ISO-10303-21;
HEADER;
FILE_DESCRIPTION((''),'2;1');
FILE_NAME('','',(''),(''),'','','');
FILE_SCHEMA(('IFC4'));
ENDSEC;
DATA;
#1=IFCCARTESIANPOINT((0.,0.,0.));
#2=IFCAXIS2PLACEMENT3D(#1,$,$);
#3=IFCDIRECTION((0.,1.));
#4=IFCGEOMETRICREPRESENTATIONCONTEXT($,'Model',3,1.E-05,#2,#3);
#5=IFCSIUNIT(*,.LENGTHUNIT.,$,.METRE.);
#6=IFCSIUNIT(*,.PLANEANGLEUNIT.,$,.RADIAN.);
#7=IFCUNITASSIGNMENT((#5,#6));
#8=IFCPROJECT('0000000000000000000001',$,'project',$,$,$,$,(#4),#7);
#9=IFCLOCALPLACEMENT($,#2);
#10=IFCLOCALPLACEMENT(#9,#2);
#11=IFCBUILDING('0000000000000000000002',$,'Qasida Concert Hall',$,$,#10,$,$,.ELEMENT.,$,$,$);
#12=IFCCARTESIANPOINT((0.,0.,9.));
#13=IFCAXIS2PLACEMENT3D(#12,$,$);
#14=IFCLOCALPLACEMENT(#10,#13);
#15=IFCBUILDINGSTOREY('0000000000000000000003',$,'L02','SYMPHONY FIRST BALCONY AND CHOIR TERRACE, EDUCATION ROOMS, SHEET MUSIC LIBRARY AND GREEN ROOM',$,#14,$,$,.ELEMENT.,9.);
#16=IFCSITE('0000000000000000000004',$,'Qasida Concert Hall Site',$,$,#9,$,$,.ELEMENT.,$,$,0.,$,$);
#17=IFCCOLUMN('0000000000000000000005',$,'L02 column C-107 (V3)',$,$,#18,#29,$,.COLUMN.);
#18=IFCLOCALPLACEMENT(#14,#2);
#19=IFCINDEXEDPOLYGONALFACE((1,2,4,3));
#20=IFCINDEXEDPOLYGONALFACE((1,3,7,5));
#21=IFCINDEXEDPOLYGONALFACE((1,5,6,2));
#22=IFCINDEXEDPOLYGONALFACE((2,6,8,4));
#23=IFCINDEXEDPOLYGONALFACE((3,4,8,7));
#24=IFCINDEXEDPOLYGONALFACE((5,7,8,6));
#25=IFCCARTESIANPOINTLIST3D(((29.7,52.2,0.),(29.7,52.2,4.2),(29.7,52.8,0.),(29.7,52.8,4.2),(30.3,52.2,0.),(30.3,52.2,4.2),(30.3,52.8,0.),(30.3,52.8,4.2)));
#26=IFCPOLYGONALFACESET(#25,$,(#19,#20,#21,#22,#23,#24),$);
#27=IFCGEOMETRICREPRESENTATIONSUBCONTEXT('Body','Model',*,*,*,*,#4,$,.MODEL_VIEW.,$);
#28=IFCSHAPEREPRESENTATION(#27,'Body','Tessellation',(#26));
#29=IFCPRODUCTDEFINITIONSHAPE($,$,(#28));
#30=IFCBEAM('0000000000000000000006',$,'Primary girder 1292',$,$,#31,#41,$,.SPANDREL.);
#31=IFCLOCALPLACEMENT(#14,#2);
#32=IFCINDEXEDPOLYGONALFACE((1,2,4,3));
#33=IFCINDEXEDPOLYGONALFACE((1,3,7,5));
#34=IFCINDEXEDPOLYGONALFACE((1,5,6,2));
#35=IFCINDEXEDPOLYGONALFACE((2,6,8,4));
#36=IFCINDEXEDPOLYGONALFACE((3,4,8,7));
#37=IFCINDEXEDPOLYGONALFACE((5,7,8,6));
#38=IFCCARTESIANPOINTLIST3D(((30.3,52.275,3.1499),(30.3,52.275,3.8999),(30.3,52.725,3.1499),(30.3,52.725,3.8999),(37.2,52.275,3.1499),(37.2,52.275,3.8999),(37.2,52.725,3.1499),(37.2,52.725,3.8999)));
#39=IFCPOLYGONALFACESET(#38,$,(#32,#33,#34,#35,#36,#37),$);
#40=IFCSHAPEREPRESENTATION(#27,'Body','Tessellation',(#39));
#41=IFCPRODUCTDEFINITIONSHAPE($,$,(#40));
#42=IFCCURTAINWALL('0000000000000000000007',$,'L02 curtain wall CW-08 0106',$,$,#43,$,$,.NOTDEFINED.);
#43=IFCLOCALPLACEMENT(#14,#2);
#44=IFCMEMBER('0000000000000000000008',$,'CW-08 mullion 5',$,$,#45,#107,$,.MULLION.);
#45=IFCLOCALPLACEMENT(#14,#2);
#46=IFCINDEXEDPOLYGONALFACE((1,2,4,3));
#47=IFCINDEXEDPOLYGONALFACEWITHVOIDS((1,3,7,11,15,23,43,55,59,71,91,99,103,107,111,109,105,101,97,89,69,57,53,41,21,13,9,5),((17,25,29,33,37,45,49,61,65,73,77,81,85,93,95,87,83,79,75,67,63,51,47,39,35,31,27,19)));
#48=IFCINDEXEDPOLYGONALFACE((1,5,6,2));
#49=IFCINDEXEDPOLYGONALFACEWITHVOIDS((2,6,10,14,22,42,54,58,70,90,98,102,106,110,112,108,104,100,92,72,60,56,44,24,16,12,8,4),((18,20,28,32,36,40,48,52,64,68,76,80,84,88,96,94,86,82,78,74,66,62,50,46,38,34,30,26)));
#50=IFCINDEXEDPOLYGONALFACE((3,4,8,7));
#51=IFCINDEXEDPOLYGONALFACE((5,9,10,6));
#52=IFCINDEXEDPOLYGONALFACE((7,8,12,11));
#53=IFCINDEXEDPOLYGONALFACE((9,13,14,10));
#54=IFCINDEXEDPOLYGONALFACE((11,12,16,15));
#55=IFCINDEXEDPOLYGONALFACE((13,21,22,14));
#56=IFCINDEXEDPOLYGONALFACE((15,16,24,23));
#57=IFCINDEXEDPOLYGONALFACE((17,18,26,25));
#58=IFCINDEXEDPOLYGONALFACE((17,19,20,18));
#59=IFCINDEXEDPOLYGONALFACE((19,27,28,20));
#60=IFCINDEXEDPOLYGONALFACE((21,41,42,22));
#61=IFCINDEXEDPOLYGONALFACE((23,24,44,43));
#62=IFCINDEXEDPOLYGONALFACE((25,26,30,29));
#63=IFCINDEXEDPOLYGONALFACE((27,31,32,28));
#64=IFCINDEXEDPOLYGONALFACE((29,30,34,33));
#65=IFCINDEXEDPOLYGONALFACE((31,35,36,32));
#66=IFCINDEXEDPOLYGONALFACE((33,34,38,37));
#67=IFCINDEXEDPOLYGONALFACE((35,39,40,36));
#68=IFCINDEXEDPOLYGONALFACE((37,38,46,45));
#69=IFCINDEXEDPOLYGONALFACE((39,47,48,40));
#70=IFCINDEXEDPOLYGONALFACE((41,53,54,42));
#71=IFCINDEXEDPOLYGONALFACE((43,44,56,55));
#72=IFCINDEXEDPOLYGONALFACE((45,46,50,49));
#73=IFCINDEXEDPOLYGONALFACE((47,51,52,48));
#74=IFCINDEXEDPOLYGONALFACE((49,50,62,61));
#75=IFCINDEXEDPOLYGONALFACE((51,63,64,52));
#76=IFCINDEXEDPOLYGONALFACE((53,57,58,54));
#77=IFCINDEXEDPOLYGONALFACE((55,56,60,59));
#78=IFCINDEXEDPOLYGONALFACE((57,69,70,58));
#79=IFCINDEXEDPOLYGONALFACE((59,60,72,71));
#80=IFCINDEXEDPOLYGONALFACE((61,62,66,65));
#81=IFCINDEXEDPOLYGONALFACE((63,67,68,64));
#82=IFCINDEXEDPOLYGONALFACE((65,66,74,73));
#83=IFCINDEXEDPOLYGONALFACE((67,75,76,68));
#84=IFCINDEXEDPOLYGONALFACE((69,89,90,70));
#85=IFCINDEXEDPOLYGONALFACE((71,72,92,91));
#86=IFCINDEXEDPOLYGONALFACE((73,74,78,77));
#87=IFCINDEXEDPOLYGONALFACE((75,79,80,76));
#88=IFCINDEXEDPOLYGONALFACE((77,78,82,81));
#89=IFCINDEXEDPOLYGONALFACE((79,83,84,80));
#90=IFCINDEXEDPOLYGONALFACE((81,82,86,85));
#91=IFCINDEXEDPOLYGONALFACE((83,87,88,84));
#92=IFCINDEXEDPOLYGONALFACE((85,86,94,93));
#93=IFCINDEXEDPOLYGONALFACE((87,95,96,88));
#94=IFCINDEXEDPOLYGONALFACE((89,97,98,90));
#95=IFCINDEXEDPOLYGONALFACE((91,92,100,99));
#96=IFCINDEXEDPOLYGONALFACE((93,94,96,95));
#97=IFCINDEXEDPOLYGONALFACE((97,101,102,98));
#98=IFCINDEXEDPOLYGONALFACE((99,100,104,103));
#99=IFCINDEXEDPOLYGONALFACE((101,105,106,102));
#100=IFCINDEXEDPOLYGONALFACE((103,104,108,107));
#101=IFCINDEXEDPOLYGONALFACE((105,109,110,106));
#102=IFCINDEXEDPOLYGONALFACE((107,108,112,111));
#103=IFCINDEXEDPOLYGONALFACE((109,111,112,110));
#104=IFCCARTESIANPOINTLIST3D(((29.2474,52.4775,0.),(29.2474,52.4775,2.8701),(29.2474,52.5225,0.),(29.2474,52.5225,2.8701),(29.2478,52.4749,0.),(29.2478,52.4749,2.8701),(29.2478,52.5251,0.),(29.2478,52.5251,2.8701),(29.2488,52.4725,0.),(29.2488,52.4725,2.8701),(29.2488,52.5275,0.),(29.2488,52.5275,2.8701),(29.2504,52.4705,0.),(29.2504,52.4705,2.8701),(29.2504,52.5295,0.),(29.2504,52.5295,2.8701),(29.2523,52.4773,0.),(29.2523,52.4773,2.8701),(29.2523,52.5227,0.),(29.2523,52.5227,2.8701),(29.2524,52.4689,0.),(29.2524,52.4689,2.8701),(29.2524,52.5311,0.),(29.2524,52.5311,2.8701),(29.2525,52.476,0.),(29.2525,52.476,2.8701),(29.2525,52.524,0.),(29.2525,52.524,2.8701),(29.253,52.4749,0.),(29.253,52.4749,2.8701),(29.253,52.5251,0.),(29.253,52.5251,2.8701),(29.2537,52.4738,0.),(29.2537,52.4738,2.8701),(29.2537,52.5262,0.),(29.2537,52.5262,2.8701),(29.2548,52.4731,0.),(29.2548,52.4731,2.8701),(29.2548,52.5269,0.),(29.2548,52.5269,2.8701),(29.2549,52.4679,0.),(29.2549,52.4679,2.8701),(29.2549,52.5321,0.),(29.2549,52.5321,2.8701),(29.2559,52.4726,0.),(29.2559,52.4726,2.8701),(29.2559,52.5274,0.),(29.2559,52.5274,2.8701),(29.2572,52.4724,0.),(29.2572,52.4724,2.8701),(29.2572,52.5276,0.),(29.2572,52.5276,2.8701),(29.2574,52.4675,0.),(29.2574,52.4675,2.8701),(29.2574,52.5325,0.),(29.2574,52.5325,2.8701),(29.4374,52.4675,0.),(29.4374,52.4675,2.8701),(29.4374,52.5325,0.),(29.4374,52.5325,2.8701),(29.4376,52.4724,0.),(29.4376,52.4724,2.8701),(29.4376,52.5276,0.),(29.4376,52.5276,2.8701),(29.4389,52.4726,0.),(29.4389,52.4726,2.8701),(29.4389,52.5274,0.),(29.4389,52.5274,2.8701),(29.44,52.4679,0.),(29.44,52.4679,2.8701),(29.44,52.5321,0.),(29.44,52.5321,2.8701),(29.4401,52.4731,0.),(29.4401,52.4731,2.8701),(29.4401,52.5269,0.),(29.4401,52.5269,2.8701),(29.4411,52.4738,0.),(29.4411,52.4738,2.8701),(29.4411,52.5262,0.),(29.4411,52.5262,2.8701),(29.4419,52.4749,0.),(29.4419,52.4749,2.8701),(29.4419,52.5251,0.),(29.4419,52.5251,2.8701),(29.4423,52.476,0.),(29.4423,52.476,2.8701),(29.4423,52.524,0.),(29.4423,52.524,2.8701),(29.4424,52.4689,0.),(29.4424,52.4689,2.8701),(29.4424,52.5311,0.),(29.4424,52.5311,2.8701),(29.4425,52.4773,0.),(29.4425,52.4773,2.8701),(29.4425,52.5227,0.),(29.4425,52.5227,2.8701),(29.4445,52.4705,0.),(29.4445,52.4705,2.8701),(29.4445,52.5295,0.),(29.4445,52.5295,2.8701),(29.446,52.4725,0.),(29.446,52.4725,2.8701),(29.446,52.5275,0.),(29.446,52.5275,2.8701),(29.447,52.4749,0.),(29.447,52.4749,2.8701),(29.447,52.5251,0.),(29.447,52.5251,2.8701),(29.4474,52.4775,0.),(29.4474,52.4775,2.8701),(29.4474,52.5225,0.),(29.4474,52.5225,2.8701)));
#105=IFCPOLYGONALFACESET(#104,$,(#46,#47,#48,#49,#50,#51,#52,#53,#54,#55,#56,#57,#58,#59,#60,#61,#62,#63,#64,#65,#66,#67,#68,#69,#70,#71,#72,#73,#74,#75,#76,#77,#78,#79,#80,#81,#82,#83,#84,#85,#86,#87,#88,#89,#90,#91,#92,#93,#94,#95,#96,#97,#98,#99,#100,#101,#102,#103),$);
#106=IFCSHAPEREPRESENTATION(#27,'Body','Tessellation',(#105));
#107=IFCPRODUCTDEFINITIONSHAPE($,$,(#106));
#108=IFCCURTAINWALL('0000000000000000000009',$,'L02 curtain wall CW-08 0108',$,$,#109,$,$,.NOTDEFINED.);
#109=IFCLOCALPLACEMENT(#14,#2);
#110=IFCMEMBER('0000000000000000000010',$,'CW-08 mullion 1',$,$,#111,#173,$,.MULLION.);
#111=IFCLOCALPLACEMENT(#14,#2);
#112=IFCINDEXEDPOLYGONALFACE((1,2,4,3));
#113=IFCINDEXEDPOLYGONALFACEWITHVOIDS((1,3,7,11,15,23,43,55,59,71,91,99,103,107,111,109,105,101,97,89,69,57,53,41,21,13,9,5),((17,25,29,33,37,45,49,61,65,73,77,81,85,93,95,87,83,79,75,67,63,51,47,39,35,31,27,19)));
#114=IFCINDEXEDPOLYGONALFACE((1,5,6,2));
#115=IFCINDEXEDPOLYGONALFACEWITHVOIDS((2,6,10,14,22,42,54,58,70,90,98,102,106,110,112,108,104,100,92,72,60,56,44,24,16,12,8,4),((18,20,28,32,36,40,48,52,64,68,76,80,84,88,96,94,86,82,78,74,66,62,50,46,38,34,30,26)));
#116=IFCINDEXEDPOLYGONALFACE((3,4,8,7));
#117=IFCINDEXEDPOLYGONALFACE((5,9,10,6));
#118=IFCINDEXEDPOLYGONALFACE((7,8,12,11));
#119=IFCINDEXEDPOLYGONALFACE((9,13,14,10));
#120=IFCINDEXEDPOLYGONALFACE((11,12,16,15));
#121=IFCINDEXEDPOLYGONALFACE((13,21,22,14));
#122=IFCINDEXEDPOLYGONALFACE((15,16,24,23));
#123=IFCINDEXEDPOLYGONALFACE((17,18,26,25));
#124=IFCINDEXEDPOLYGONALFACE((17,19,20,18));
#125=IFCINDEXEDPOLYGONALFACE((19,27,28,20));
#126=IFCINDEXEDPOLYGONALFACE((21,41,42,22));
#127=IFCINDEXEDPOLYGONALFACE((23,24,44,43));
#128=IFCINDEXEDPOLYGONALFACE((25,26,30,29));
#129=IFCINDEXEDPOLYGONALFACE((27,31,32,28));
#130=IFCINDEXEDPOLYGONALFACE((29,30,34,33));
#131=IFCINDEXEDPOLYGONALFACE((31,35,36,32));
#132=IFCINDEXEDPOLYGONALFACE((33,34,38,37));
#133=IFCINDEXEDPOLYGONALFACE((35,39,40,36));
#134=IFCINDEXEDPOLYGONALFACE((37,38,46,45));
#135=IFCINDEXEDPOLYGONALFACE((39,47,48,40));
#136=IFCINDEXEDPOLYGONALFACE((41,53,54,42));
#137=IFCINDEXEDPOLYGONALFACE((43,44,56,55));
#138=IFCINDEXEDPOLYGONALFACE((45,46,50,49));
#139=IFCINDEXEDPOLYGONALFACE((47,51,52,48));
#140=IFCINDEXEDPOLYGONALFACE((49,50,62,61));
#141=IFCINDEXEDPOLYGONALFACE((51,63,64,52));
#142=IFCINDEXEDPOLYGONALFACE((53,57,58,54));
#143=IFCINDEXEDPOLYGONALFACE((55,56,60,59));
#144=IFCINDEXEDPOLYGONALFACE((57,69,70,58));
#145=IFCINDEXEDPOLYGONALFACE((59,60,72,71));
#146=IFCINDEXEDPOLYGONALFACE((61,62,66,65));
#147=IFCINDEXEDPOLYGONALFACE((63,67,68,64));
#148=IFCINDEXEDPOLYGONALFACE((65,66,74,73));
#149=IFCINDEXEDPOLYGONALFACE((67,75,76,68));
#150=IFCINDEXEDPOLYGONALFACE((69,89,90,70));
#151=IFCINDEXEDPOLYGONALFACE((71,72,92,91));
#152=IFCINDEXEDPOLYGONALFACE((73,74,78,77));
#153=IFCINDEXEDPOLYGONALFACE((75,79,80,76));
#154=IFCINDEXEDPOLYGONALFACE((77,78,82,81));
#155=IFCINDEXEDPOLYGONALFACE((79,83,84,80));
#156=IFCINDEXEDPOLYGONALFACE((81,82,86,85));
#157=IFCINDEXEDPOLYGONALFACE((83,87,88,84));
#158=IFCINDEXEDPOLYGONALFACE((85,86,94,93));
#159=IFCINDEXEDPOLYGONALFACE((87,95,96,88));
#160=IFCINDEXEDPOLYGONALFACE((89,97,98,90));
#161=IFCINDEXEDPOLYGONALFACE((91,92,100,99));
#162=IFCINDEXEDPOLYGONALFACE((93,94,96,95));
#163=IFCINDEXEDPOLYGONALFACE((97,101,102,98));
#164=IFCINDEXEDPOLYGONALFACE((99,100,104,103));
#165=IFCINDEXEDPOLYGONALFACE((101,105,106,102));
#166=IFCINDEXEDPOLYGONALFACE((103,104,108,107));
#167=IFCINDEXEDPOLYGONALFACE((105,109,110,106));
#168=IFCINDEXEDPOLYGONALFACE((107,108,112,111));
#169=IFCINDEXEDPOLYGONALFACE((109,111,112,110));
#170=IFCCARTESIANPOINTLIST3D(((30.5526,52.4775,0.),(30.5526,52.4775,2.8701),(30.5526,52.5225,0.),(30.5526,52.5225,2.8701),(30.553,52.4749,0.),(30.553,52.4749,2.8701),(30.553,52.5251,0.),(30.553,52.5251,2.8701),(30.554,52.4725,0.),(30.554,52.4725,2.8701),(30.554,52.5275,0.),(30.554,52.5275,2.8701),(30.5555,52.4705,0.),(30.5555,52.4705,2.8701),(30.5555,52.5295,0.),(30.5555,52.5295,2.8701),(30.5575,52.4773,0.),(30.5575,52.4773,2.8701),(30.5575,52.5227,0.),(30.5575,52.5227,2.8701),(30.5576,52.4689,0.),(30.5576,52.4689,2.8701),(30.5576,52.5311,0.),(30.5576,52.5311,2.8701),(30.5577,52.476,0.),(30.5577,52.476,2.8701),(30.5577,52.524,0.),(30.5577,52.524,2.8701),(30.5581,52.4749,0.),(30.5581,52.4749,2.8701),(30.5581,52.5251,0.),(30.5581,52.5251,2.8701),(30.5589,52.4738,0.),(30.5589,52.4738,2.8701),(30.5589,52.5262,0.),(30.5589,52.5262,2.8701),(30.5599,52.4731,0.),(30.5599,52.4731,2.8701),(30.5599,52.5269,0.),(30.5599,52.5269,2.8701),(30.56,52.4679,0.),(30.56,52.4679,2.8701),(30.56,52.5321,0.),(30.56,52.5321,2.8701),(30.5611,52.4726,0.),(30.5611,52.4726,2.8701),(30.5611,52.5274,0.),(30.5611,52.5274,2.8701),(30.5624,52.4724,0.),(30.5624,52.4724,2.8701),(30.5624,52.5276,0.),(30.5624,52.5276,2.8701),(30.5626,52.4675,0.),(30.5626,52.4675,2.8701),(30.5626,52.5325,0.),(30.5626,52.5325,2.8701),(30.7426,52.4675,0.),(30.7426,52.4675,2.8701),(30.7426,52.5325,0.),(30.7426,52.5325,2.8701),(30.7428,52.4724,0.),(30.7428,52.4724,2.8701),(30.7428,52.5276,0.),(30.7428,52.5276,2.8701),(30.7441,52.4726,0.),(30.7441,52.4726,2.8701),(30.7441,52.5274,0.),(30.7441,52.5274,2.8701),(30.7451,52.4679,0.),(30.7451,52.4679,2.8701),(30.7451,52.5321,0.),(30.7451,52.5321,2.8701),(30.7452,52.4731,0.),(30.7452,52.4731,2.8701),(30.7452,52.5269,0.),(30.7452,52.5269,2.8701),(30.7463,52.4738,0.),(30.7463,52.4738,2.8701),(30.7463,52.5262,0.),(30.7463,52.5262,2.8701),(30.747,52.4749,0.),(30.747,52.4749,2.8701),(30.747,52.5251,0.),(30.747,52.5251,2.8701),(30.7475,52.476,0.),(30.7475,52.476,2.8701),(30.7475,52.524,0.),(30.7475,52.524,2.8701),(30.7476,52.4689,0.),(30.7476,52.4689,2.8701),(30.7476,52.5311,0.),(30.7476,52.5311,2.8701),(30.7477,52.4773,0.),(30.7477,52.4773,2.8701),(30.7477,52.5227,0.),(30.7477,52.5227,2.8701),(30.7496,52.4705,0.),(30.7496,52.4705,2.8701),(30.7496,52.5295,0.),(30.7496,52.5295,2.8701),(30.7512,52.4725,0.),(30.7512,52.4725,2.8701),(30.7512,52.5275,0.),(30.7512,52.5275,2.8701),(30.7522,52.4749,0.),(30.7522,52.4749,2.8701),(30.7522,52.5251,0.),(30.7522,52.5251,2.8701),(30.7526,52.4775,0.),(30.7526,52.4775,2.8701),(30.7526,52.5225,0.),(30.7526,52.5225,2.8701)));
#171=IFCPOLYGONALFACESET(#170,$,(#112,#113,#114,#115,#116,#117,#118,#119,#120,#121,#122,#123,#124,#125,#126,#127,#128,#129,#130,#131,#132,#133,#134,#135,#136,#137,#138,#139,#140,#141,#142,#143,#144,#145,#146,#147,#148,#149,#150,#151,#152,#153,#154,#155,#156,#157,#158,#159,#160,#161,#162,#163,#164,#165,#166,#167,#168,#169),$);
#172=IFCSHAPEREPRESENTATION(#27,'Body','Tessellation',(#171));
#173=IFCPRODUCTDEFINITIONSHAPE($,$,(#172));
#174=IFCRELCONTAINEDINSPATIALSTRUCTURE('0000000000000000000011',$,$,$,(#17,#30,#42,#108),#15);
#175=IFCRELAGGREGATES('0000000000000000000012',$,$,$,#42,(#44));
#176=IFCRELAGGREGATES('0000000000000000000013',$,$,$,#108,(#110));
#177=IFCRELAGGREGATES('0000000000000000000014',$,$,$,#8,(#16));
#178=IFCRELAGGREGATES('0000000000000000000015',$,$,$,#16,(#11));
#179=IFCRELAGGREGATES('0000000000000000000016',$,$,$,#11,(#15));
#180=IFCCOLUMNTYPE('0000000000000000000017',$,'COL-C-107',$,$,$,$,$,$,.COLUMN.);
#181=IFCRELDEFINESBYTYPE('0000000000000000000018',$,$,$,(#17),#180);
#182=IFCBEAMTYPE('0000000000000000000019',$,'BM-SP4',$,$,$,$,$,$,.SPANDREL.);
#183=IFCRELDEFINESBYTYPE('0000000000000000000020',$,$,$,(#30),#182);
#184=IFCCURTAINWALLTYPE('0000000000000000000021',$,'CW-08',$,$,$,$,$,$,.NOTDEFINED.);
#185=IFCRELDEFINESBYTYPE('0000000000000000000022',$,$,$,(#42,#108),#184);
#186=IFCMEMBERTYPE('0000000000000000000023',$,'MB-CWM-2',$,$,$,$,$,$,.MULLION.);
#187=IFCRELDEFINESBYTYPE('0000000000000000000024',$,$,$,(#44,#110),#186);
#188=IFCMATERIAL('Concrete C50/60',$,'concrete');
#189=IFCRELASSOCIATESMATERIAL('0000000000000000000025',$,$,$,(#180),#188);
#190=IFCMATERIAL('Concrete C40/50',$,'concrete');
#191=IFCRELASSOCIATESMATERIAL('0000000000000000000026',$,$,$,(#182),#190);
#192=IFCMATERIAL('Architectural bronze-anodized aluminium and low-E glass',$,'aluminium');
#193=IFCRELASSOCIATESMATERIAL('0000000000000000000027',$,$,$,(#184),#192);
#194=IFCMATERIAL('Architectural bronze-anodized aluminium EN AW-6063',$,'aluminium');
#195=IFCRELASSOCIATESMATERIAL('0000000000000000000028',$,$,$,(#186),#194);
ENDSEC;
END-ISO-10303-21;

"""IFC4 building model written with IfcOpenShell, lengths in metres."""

from ifc_helpers import new_model, si_unit, direction, frame, origin, origin_2d, place, context, subcontext, project, spatial, rectangle, hollow_rectangle, extrude, material, material_profile, profile_set, type_object, element, aggregate, save


model = new_model("IFC4")

# Units and contexts
model_context = context("Model", 3, precision=1e-05, world=origin(), true_north=direction((0.0, 1.0)))
body_context = subcontext(model_context, "Body", "Model", "MODEL_VIEW")
ifc_project = project(units=[si_unit("LENGTHUNIT", "METRE"), si_unit("PLANEANGLEUNIT", "RADIAN")], contexts=[model_context])

# Site, building, storey
site_placement = place(None, origin())
site = spatial("IfcSite", under=ifc_project, at=site_placement, Name="Qasida Concert Hall Site", CompositionType="ELEMENT", RefElevation=0.0)
building_placement = place(site_placement, origin())
building = spatial("IfcBuilding", under=site, at=building_placement, Name="Qasida Concert Hall", CompositionType="ELEMENT")
storey_placement = place(building_placement, frame((0.0, 0.0, 9.0)))
storey = spatial("IfcBuildingStorey", under=building, at=storey_placement, Name="L02", Description="SYMPHONY FIRST BALCONY AND CHOIR TERRACE, EDUCATION ROOMS, SHEET MUSIC LIBRARY AND GREEN ROOM", CompositionType="ELEMENT", Elevation=9.0)

# Column
ifc_material_1 = material(Name="Concrete C50/60", Category="concrete")
ifc_material_profile_1 = material_profile(ifc_material_1, rectangle(XDim=0.6001, YDim=0.6001, at=origin_2d()), Name="RC 600x600")
ifc_profile_set_1 = profile_set([ifc_material_profile_1], Name="Concrete C50/60")
column_type = type_object("IfcColumnType", Name="COL-C-107", PredefinedType="COLUMN", material=ifc_profile_set_1)
column_placement = place(storey_placement, frame((30.0, 52.5, 0.0), z_axis=(0.0, 0.0, 1.0), x_axis=(1.0, 0.0, 0.0)))
element("IfcColumn", 1, at=column_placement, inside=storey, type_object=column_type, Name="L02 column C-107 (V3)", PredefinedType="COLUMN", context=body_context, shape_type="SweptSolid", body=[
    extrude(rectangle(XDim=0.6001, YDim=0.6001, at=origin_2d()), origin(), (0.0, 0.0, 1.0), 4.2),
])

# Beam
ifc_material_2 = material(Name="Concrete C40/50", Category="concrete")
ifc_material_profile_2 = material_profile(ifc_material_2, rectangle(XDim=0.45, YDim=0.75, at=origin_2d()), Name="RC 450x750")
ifc_profile_set_2 = profile_set([ifc_material_profile_2], Name="Concrete C40/50")
beam_type = type_object("IfcBeamType", Name="BM-SP4", PredefinedType="SPANDREL", material=ifc_profile_set_2)
beam_placement = place(storey_placement, frame((30.3, 52.5, 3.5249), z_axis=(1.0, 0.0, 0.0), x_axis=(0.0, 1.0, 0.0)))
element("IfcBeam", 2, at=beam_placement, inside=storey, type_object=beam_type, Name="Primary girder 1292", PredefinedType="SPANDREL", context=body_context, shape_type="SweptSolid", body=[
    extrude(rectangle(XDim=0.45, YDim=0.75, at=origin_2d()), origin(), (0.0, 0.0, 1.0), 6.8999),
])

# Curtain wall, member
ifc_material_3 = material(Name="Architectural bronze-anodized aluminium and low-E glass", Category="aluminium")
curtain_wall_type = type_object("IfcCurtainWallType", Name="CW-08", PredefinedType="NOTDEFINED", material=ifc_material_3)
curtain_wall_1_placement = place(storey_placement, origin())
curtain_wall_1 = element("IfcCurtainWall", 3, at=curtain_wall_1_placement, inside=storey, type_object=curtain_wall_type, Name="L02 curtain wall CW-08 0106", PredefinedType="NOTDEFINED")
ifc_material_4 = material(Name="Architectural bronze-anodized aluminium EN AW-6063", Category="aluminium")
ifc_material_profile_3 = material_profile(ifc_material_4, hollow_rectangle(XDim=0.0649, YDim=0.2, WallThickness=0.0049, InnerFilletRadius=0.0049, OuterFilletRadius=0.01, at=origin_2d()), Name="CWM 200x65x5")
ifc_profile_set_3 = profile_set([ifc_material_profile_3], Name="Architectural bronze-anodized aluminium EN AW-6063")
member_type_1 = type_object("IfcMemberType", Name="MB-CWM-2", PredefinedType="MULLION", material=ifc_profile_set_3)
member_1_placement = place(storey_placement, frame((29.3474, 52.5, 0.0), z_axis=(0.0, 0.0, 1.0), x_axis=(0.0, 1.0, 0.0)))
member_1 = element("IfcMember", 4, at=member_1_placement, type_object=member_type_1, Name="CW-08 mullion 5", PredefinedType="MULLION", context=body_context, shape_type="SweptSolid", body=[
    extrude(hollow_rectangle(XDim=0.0649, YDim=0.2, WallThickness=0.0049, InnerFilletRadius=0.0049, OuterFilletRadius=0.01, at=origin_2d()), origin(), (0.0, 0.0, 1.0), 2.8701),
])

# Curtain wall, member
curtain_wall_2_placement = place(storey_placement, origin())
curtain_wall_2 = element("IfcCurtainWall", 5, at=curtain_wall_2_placement, inside=storey, type_object=curtain_wall_type, Name="L02 curtain wall CW-08 0108", PredefinedType="NOTDEFINED")
member_2_placement = place(storey_placement, frame((30.6526, 52.5, 0.0), z_axis=(0.0, 0.0, 1.0), x_axis=(0.0, 1.0, 0.0)))
member_2 = element("IfcMember", 6, at=member_2_placement, type_object=member_type_1, Name="CW-08 mullion 1", PredefinedType="MULLION", context=body_context, shape_type="SweptSolid", body=[
    extrude(hollow_rectangle(XDim=0.0649, YDim=0.2, WallThickness=0.0049, InnerFilletRadius=0.0049, OuterFilletRadius=0.01, at=origin_2d()), origin(), (0.0, 0.0, 1.0), 2.8701),
])

aggregate(curtain_wall_1, [member_1])
aggregate(curtain_wall_2, [member_2])

save(model, "model.ifc")
